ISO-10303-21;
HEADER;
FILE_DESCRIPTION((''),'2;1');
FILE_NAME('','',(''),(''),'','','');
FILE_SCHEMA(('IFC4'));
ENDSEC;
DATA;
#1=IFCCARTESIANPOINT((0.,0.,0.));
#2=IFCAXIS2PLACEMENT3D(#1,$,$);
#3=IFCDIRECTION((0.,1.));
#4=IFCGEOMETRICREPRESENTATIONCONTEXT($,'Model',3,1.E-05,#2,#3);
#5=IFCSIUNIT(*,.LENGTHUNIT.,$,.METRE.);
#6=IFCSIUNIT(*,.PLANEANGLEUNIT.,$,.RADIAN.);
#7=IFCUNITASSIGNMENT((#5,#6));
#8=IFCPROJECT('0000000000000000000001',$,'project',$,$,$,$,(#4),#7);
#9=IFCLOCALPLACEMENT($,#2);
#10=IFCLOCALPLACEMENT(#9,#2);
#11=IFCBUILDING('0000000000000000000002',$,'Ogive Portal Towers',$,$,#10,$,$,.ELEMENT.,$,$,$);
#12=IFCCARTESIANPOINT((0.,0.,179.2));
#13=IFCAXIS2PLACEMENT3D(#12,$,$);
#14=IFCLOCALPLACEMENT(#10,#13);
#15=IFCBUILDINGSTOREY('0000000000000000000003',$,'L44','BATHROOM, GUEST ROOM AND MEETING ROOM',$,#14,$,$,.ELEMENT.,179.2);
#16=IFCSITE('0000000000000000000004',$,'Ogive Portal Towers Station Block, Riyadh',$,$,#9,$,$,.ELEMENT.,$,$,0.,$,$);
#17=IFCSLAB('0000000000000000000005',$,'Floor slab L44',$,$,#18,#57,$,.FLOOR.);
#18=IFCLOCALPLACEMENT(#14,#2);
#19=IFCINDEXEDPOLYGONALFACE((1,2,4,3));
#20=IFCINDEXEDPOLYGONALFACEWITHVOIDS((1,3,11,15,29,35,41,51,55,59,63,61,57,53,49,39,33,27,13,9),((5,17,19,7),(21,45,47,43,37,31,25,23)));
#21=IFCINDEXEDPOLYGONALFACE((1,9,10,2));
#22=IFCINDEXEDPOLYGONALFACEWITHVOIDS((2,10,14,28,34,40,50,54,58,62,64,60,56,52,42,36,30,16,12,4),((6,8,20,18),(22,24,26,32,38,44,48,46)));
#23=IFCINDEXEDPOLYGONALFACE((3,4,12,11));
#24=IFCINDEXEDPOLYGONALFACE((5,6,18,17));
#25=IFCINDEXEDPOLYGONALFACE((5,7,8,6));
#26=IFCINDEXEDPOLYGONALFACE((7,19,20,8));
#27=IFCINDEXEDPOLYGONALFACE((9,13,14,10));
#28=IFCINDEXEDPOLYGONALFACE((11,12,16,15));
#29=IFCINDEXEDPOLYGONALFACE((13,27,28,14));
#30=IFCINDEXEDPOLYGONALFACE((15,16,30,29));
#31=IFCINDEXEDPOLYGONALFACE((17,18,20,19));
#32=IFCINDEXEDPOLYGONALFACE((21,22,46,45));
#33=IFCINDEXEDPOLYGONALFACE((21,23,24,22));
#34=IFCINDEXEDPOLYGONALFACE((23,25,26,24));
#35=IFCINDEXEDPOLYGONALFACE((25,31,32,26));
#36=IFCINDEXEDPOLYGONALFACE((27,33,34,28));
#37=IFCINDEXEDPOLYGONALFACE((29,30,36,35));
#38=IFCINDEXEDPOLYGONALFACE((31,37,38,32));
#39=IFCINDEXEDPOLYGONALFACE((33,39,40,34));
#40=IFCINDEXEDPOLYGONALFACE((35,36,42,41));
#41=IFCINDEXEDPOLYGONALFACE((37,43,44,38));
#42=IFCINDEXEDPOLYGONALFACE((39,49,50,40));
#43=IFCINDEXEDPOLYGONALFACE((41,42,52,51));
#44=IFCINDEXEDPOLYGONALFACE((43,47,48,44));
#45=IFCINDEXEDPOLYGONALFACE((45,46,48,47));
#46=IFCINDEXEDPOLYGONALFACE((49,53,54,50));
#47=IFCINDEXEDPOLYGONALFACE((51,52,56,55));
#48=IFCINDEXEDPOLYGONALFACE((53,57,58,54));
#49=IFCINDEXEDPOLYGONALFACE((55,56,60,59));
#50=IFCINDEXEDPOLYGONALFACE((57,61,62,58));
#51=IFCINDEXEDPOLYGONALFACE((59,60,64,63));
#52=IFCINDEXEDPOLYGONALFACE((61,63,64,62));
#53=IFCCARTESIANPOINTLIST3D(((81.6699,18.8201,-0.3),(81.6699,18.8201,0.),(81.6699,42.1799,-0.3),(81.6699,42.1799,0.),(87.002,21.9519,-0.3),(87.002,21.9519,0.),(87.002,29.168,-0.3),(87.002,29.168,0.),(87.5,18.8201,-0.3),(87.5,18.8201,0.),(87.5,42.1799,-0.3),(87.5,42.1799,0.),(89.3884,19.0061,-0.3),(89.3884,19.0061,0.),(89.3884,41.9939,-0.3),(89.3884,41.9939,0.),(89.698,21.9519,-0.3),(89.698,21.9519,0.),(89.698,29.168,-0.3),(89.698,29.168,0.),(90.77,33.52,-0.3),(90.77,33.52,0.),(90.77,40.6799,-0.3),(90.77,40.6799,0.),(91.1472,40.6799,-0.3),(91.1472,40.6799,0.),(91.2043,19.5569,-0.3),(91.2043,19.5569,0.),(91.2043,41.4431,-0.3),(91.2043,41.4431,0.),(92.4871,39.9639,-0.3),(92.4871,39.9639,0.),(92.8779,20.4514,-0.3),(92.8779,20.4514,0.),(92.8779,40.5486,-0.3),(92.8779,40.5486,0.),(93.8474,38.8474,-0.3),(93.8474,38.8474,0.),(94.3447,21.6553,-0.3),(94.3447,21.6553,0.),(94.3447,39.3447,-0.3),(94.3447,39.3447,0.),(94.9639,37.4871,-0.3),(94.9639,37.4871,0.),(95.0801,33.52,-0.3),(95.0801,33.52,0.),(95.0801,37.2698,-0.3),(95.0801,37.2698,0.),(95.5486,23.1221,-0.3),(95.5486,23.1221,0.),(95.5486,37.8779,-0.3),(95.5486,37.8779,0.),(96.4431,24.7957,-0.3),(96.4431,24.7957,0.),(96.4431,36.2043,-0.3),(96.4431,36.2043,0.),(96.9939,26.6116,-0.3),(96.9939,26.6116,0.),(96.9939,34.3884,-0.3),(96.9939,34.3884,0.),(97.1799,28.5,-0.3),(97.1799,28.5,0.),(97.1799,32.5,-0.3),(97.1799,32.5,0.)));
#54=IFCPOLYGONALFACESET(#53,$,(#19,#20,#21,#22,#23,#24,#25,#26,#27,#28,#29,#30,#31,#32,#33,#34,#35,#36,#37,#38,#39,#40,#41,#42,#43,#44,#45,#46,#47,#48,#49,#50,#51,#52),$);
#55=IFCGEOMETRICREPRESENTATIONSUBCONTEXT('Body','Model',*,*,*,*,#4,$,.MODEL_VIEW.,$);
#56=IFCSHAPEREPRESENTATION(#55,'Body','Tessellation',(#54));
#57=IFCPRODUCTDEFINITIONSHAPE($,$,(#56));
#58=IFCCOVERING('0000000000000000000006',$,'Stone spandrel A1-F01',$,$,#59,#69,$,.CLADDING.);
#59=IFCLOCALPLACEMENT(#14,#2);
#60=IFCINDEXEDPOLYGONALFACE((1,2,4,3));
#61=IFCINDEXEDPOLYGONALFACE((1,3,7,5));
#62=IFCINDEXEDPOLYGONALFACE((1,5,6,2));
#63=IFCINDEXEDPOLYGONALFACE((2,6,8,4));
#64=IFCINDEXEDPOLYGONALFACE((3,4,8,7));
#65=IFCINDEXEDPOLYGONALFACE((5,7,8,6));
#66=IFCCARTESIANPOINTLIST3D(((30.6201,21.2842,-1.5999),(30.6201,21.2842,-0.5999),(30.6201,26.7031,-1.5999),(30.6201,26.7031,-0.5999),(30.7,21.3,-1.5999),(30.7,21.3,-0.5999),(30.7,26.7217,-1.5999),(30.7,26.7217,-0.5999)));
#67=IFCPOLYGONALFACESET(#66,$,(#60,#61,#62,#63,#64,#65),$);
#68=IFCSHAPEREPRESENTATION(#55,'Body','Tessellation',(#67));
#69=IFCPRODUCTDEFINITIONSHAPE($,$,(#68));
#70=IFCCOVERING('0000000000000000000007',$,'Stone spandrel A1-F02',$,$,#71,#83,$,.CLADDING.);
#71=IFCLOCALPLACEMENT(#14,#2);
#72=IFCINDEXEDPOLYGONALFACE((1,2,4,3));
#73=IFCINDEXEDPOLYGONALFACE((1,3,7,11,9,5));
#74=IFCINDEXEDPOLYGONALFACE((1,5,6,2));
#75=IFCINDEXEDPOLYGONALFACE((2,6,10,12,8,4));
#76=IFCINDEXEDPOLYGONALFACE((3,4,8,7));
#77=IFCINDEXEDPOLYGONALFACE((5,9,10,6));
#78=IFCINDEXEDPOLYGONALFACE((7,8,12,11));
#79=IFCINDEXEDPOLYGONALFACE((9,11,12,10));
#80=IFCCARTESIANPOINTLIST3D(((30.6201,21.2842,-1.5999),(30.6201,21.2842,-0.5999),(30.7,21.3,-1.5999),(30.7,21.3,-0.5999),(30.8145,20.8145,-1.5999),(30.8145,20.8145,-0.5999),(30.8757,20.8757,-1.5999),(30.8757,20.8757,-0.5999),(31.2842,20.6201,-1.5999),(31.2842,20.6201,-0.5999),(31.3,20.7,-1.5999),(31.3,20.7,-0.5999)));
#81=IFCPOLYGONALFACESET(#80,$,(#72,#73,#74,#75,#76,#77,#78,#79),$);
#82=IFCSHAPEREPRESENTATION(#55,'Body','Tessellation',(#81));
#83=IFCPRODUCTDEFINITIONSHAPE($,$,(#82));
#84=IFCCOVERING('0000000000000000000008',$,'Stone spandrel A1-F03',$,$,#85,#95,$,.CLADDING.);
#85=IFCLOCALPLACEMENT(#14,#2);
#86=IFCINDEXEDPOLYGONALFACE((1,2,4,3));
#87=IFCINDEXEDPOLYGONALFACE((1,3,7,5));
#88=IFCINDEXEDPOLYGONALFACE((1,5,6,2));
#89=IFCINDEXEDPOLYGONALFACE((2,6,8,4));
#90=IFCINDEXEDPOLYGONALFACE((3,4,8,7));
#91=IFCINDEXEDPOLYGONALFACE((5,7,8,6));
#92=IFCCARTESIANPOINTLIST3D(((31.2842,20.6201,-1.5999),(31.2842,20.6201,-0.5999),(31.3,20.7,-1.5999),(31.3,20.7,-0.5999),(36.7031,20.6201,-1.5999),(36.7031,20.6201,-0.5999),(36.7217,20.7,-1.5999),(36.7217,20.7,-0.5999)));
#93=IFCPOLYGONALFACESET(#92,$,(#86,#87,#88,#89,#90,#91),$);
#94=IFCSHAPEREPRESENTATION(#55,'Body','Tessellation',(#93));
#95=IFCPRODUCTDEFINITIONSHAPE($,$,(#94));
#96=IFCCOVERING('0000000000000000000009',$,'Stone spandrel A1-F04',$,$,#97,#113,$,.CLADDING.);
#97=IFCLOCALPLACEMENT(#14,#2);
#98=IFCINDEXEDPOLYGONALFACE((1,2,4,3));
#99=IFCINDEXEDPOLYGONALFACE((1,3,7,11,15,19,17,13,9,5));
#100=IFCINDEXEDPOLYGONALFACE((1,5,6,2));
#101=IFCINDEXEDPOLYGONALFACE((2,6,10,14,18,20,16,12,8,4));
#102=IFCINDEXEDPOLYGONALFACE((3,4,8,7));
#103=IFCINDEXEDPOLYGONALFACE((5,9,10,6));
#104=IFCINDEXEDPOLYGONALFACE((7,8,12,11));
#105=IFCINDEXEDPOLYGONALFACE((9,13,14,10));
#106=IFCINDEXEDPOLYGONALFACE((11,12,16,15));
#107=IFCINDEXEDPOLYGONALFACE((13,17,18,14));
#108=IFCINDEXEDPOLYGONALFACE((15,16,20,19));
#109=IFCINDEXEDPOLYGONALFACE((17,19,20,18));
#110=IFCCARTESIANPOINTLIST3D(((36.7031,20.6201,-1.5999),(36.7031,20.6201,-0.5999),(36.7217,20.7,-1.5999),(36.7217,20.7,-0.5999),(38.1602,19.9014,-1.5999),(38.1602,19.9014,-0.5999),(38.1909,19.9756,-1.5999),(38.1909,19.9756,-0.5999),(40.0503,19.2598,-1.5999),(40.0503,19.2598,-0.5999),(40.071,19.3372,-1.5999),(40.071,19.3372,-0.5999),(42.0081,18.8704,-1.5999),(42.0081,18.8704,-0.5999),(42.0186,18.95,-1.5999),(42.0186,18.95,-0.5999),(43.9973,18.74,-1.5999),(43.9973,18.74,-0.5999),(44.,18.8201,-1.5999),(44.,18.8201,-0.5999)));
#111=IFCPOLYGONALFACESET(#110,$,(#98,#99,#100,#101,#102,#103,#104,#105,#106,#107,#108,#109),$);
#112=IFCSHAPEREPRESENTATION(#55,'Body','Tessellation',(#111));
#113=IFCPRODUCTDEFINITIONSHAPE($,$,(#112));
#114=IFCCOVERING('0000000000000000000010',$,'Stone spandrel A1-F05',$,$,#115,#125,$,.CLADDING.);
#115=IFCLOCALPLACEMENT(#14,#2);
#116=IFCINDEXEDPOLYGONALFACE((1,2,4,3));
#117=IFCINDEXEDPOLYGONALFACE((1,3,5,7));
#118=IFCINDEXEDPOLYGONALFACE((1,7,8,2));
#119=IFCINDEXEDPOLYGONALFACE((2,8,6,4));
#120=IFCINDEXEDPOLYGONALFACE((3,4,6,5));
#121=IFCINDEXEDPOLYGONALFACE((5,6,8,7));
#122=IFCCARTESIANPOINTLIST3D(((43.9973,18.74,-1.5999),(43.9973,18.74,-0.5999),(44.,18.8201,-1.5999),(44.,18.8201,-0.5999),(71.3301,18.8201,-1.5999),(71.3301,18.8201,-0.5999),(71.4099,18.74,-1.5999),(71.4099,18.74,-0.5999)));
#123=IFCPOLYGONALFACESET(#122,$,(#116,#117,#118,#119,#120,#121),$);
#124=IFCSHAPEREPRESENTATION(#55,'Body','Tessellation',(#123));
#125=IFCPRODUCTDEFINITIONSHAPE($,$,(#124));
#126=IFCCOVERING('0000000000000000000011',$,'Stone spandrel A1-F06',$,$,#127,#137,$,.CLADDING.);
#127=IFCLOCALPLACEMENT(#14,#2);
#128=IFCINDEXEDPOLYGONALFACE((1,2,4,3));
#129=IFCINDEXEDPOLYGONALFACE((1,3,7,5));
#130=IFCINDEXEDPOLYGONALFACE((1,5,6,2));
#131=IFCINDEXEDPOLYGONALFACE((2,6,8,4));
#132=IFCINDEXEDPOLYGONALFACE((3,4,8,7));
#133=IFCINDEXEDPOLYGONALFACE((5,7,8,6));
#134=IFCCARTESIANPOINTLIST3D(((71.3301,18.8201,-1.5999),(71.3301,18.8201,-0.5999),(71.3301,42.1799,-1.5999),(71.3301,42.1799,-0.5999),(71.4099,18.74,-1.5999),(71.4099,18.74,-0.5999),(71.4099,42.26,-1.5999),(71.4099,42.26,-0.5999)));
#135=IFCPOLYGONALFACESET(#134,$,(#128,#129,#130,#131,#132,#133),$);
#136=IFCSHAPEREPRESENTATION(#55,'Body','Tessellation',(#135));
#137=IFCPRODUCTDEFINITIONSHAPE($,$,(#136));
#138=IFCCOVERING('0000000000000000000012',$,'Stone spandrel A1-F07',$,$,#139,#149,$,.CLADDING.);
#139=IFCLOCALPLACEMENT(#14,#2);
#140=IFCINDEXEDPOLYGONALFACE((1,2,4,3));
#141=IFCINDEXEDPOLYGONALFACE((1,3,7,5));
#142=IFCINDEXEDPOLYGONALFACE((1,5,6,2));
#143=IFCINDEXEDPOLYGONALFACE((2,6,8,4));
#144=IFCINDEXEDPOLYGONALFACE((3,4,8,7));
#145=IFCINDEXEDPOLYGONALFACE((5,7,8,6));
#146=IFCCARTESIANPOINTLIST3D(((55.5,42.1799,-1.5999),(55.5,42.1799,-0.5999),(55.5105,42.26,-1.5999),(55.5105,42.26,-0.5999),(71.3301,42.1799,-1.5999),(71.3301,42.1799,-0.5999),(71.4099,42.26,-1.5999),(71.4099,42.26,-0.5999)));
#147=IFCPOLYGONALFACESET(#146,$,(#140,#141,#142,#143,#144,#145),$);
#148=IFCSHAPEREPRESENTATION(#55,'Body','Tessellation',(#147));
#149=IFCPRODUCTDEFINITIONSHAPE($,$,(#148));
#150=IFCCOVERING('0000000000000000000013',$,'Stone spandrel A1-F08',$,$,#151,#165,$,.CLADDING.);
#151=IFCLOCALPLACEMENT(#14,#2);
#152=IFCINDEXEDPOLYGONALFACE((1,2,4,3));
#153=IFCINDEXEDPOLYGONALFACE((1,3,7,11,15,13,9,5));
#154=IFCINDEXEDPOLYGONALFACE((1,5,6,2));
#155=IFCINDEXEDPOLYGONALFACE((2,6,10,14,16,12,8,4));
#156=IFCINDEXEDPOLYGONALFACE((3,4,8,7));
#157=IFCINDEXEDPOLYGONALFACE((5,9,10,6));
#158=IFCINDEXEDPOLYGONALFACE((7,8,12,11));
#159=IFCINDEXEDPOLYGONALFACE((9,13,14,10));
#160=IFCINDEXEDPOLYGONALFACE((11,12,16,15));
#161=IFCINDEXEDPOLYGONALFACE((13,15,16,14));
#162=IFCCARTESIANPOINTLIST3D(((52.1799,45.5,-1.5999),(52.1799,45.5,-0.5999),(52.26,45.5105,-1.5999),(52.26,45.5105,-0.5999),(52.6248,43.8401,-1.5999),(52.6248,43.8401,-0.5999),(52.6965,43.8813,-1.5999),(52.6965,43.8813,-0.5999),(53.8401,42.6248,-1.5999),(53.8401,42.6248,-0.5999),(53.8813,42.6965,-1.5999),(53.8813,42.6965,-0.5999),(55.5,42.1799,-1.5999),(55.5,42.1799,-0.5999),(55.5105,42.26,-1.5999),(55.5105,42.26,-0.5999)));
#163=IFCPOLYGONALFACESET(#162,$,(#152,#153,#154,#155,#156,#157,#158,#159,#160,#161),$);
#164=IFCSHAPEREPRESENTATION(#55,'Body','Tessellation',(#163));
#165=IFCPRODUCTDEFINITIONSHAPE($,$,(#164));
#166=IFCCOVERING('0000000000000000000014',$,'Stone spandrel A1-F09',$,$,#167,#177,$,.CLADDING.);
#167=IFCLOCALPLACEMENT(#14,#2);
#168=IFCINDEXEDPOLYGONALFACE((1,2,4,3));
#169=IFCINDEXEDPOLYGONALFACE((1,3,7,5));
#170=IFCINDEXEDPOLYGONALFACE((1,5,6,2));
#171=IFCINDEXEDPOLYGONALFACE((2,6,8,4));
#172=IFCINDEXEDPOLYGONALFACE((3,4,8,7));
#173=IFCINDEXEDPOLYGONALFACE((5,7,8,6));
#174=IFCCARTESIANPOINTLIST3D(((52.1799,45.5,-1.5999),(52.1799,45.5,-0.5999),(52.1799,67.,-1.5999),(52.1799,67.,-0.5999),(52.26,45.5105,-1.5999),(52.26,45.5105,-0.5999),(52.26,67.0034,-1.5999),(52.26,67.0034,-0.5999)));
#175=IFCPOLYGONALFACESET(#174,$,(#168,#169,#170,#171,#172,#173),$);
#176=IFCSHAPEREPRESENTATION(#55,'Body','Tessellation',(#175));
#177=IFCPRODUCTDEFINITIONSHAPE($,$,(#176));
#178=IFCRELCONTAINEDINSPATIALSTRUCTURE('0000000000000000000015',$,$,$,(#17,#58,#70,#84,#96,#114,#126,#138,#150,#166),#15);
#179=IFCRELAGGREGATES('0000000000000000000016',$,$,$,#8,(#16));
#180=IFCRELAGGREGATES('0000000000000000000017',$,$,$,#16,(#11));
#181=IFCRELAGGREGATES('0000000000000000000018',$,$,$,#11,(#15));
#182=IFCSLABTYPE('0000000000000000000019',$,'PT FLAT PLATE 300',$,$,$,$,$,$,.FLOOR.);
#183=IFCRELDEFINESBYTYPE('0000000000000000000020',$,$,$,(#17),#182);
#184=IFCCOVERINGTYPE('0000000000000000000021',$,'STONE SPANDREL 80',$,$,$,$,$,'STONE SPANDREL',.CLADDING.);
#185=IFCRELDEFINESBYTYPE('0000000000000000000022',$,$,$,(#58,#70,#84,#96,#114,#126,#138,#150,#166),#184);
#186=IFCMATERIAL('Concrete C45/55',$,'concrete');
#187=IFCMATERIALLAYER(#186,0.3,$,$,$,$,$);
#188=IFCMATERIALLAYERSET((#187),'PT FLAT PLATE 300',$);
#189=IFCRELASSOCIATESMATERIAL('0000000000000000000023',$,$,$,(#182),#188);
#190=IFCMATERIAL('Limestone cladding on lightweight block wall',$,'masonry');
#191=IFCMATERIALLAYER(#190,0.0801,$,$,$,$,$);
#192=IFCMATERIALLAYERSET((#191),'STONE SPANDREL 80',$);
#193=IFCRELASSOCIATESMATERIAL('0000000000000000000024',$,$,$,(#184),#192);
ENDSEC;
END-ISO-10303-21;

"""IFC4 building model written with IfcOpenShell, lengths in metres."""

from ifc_helpers import new_model, si_unit, direction, frame, origin, place, context, subcontext, project, spatial, polyline, outline, extrude, material, layer, layer_set, type_object, element, save


model = new_model("IFC4")

# Units and contexts
model_context = context("Model", 3, precision=1e-05, world=origin(), true_north=direction((0.0, 1.0)))
body_context = subcontext(model_context, "Body", "Model", "MODEL_VIEW")
ifc_project = project(units=[si_unit("LENGTHUNIT", "METRE"), si_unit("PLANEANGLEUNIT", "RADIAN")], contexts=[model_context])

# Site, building, storey
site_placement = place(None, origin())
site = spatial("IfcSite", under=ifc_project, at=site_placement, Name="Ogive Portal Towers Station Block, Riyadh", CompositionType="ELEMENT", RefElevation=0.0)
building_placement = place(site_placement, origin())
building = spatial("IfcBuilding", under=site, at=building_placement, Name="Ogive Portal Towers", CompositionType="ELEMENT")
storey_placement = place(building_placement, frame((0.0, 0.0, 179.2)))
storey = spatial("IfcBuildingStorey", under=building, at=storey_placement, Name="L44", Description="BATHROOM, GUEST ROOM AND MEETING ROOM", CompositionType="ELEMENT", Elevation=179.2)

# Slab
ifc_material_1 = material(Name="Concrete C45/55", Category="concrete")
ifc_layer_1 = layer(ifc_material_1, 0.3)
ifc_layer_set_1 = layer_set([ifc_layer_1], Name="PT FLAT PLATE 300")
slab_type_1 = type_object("IfcSlabType", Name="PT FLAT PLATE 300", PredefinedType="FLOOR", material=ifc_layer_set_1)
slab_1_placement = place(storey_placement, frame((0.0, 0.0, -0.3)))
element("IfcSlab", 1, at=slab_1_placement, inside=storey, type_object=slab_type_1, Name="Floor slab L44", PredefinedType="FLOOR", context=body_context, shape_type="SweptSolid", body=[
    extrude(outline(polyline([(89.3884, 41.9939), (87.5, 42.1799), (81.6699, 42.1799), (81.6699, 18.8201), (87.5, 18.8201), (89.3884, 19.0061), (91.2043, 19.5569), (92.8779, 20.4514), (94.3447, 21.6553), (95.5486, 23.1221), (96.4431, 24.7957), (96.9939, 26.6116), (97.1799, 28.5), (97.1799, 32.5), (96.9939, 34.3884), (96.4431, 36.2043), (95.5486, 37.8779), (94.3447, 39.3447), (92.8779, 40.5486), (91.2043, 41.4431), (89.3884, 41.9939)]), holes=[polyline([(87.002, 21.9519), (87.002, 29.168), (89.698, 29.168), (89.698, 21.9519), (87.002, 21.9519)]), polyline([(93.8474, 38.8474), (94.9639, 37.4871), (95.0801, 37.2698), (95.0801, 33.52), (90.77, 33.52), (90.77, 40.6799), (91.1472, 40.6799), (92.4871, 39.9639), (93.8474, 38.8474)])]), origin(), (0.0, 0.0, 1.0), 0.3),
])

# Coverings
ifc_material_2 = material(Name="Limestone cladding on lightweight block wall", Category="masonry")
ifc_layer_2 = layer(ifc_material_2, 0.0801)
ifc_layer_set_2 = layer_set([ifc_layer_2], Name="STONE SPANDREL 80")
covering_type_1 = type_object("IfcCoveringType", Name="STONE SPANDREL 80", ElementType="STONE SPANDREL", PredefinedType="CLADDING", material=ifc_layer_set_2)
covering_1_placement = place(storey_placement, frame((0.0, 0.0, -1.5999)))
element("IfcCovering", 2, at=covering_1_placement, inside=storey, type_object=covering_type_1, Name="Stone spandrel A1-F01", PredefinedType="CLADDING", context=body_context, shape_type="SweptSolid", body=[
    extrude(outline(polyline([(30.7, 26.7217), (30.7, 21.3), (30.6201, 21.2842), (30.6201, 26.7031), (30.7, 26.7217)])), origin(), (0.0, 0.0, 1.0), 1.0),
])
covering_2_placement = place(storey_placement, frame((0.0, 0.0, -1.5999)))
element("IfcCovering", 3, at=covering_2_placement, inside=storey, type_object=covering_type_1, Name="Stone spandrel A1-F02", PredefinedType="CLADDING", context=body_context, shape_type="SweptSolid", body=[
    extrude(outline(polyline([(30.7, 21.3), (30.8757, 20.8757), (31.3, 20.7), (31.2842, 20.6201), (30.8145, 20.8145), (30.6201, 21.2842), (30.7, 21.3)])), origin(), (0.0, 0.0, 1.0), 1.0),
])
covering_3_placement = place(storey_placement, frame((0.0, 0.0, -1.5999)))
element("IfcCovering", 4, at=covering_3_placement, inside=storey, type_object=covering_type_1, Name="Stone spandrel A1-F03", PredefinedType="CLADDING", context=body_context, shape_type="SweptSolid", body=[
    extrude(outline(polyline([(31.3, 20.7), (36.7217, 20.7), (36.7031, 20.6201), (31.2842, 20.6201), (31.3, 20.7)])), origin(), (0.0, 0.0, 1.0), 1.0),
])
covering_4_placement = place(storey_placement, frame((0.0, 0.0, -1.5999)))
element("IfcCovering", 5, at=covering_4_placement, inside=storey, type_object=covering_type_1, Name="Stone spandrel A1-F04", PredefinedType="CLADDING", context=body_context, shape_type="SweptSolid", body=[
    extrude(outline(polyline([(36.7217, 20.7), (38.1909, 19.9756), (40.071, 19.3372), (42.0186, 18.95), (44.0, 18.8201), (43.9973, 18.74), (42.0081, 18.8704), (40.0503, 19.2598), (38.1602, 19.9014), (36.7031, 20.6201), (36.7217, 20.7)])), origin(), (0.0, 0.0, 1.0), 1.0),
])
covering_5_placement = place(storey_placement, frame((0.0, 0.0, -1.5999)))
element("IfcCovering", 6, at=covering_5_placement, inside=storey, type_object=covering_type_1, Name="Stone spandrel A1-F05", PredefinedType="CLADDING", context=body_context, shape_type="SweptSolid", body=[
    extrude(outline(polyline([(44.0, 18.8201), (71.3301, 18.8201), (71.4099, 18.74), (43.9973, 18.74), (44.0, 18.8201)])), origin(), (0.0, 0.0, 1.0), 1.0),
])
covering_6_placement = place(storey_placement, frame((0.0, 0.0, -1.5999)))
element("IfcCovering", 7, at=covering_6_placement, inside=storey, type_object=covering_type_1, Name="Stone spandrel A1-F06", PredefinedType="CLADDING", context=body_context, shape_type="SweptSolid", body=[
    extrude(outline(polyline([(71.3301, 18.8201), (71.3301, 42.1799), (71.4099, 42.26), (71.4099, 18.74), (71.3301, 18.8201)])), origin(), (0.0, 0.0, 1.0), 1.0),
])
covering_7_placement = place(storey_placement, frame((0.0, 0.0, -1.5999)))
element("IfcCovering", 8, at=covering_7_placement, inside=storey, type_object=covering_type_1, Name="Stone spandrel A1-F07", PredefinedType="CLADDING", context=body_context, shape_type="SweptSolid", body=[
    extrude(outline(polyline([(71.3301, 42.1799), (55.5, 42.1799), (55.5105, 42.26), (71.4099, 42.26), (71.3301, 42.1799)])), origin(), (0.0, 0.0, 1.0), 1.0),
])
covering_8_placement = place(storey_placement, frame((0.0, 0.0, -1.5999)))
element("IfcCovering", 9, at=covering_8_placement, inside=storey, type_object=covering_type_1, Name="Stone spandrel A1-F08", PredefinedType="CLADDING", context=body_context, shape_type="SweptSolid", body=[
    extrude(outline(polyline([(55.5, 42.1799), (53.8401, 42.6248), (52.6248, 43.8401), (52.1799, 45.5), (52.26, 45.5105), (52.6965, 43.8813), (53.8813, 42.6965), (55.5105, 42.26), (55.5, 42.1799)])), origin(), (0.0, 0.0, 1.0), 1.0),
])
covering_9_placement = place(storey_placement, frame((0.0, 0.0, -1.5999)))
element("IfcCovering", 10, at=covering_9_placement, inside=storey, type_object=covering_type_1, Name="Stone spandrel A1-F09", PredefinedType="CLADDING", context=body_context, shape_type="SweptSolid", body=[
    extrude(outline(polyline([(52.1799, 45.5), (52.1799, 67.0), (52.26, 67.0034), (52.26, 45.5105), (52.1799, 45.5)])), origin(), (0.0, 0.0, 1.0), 1.0),
])

save(model, "model.ifc")
